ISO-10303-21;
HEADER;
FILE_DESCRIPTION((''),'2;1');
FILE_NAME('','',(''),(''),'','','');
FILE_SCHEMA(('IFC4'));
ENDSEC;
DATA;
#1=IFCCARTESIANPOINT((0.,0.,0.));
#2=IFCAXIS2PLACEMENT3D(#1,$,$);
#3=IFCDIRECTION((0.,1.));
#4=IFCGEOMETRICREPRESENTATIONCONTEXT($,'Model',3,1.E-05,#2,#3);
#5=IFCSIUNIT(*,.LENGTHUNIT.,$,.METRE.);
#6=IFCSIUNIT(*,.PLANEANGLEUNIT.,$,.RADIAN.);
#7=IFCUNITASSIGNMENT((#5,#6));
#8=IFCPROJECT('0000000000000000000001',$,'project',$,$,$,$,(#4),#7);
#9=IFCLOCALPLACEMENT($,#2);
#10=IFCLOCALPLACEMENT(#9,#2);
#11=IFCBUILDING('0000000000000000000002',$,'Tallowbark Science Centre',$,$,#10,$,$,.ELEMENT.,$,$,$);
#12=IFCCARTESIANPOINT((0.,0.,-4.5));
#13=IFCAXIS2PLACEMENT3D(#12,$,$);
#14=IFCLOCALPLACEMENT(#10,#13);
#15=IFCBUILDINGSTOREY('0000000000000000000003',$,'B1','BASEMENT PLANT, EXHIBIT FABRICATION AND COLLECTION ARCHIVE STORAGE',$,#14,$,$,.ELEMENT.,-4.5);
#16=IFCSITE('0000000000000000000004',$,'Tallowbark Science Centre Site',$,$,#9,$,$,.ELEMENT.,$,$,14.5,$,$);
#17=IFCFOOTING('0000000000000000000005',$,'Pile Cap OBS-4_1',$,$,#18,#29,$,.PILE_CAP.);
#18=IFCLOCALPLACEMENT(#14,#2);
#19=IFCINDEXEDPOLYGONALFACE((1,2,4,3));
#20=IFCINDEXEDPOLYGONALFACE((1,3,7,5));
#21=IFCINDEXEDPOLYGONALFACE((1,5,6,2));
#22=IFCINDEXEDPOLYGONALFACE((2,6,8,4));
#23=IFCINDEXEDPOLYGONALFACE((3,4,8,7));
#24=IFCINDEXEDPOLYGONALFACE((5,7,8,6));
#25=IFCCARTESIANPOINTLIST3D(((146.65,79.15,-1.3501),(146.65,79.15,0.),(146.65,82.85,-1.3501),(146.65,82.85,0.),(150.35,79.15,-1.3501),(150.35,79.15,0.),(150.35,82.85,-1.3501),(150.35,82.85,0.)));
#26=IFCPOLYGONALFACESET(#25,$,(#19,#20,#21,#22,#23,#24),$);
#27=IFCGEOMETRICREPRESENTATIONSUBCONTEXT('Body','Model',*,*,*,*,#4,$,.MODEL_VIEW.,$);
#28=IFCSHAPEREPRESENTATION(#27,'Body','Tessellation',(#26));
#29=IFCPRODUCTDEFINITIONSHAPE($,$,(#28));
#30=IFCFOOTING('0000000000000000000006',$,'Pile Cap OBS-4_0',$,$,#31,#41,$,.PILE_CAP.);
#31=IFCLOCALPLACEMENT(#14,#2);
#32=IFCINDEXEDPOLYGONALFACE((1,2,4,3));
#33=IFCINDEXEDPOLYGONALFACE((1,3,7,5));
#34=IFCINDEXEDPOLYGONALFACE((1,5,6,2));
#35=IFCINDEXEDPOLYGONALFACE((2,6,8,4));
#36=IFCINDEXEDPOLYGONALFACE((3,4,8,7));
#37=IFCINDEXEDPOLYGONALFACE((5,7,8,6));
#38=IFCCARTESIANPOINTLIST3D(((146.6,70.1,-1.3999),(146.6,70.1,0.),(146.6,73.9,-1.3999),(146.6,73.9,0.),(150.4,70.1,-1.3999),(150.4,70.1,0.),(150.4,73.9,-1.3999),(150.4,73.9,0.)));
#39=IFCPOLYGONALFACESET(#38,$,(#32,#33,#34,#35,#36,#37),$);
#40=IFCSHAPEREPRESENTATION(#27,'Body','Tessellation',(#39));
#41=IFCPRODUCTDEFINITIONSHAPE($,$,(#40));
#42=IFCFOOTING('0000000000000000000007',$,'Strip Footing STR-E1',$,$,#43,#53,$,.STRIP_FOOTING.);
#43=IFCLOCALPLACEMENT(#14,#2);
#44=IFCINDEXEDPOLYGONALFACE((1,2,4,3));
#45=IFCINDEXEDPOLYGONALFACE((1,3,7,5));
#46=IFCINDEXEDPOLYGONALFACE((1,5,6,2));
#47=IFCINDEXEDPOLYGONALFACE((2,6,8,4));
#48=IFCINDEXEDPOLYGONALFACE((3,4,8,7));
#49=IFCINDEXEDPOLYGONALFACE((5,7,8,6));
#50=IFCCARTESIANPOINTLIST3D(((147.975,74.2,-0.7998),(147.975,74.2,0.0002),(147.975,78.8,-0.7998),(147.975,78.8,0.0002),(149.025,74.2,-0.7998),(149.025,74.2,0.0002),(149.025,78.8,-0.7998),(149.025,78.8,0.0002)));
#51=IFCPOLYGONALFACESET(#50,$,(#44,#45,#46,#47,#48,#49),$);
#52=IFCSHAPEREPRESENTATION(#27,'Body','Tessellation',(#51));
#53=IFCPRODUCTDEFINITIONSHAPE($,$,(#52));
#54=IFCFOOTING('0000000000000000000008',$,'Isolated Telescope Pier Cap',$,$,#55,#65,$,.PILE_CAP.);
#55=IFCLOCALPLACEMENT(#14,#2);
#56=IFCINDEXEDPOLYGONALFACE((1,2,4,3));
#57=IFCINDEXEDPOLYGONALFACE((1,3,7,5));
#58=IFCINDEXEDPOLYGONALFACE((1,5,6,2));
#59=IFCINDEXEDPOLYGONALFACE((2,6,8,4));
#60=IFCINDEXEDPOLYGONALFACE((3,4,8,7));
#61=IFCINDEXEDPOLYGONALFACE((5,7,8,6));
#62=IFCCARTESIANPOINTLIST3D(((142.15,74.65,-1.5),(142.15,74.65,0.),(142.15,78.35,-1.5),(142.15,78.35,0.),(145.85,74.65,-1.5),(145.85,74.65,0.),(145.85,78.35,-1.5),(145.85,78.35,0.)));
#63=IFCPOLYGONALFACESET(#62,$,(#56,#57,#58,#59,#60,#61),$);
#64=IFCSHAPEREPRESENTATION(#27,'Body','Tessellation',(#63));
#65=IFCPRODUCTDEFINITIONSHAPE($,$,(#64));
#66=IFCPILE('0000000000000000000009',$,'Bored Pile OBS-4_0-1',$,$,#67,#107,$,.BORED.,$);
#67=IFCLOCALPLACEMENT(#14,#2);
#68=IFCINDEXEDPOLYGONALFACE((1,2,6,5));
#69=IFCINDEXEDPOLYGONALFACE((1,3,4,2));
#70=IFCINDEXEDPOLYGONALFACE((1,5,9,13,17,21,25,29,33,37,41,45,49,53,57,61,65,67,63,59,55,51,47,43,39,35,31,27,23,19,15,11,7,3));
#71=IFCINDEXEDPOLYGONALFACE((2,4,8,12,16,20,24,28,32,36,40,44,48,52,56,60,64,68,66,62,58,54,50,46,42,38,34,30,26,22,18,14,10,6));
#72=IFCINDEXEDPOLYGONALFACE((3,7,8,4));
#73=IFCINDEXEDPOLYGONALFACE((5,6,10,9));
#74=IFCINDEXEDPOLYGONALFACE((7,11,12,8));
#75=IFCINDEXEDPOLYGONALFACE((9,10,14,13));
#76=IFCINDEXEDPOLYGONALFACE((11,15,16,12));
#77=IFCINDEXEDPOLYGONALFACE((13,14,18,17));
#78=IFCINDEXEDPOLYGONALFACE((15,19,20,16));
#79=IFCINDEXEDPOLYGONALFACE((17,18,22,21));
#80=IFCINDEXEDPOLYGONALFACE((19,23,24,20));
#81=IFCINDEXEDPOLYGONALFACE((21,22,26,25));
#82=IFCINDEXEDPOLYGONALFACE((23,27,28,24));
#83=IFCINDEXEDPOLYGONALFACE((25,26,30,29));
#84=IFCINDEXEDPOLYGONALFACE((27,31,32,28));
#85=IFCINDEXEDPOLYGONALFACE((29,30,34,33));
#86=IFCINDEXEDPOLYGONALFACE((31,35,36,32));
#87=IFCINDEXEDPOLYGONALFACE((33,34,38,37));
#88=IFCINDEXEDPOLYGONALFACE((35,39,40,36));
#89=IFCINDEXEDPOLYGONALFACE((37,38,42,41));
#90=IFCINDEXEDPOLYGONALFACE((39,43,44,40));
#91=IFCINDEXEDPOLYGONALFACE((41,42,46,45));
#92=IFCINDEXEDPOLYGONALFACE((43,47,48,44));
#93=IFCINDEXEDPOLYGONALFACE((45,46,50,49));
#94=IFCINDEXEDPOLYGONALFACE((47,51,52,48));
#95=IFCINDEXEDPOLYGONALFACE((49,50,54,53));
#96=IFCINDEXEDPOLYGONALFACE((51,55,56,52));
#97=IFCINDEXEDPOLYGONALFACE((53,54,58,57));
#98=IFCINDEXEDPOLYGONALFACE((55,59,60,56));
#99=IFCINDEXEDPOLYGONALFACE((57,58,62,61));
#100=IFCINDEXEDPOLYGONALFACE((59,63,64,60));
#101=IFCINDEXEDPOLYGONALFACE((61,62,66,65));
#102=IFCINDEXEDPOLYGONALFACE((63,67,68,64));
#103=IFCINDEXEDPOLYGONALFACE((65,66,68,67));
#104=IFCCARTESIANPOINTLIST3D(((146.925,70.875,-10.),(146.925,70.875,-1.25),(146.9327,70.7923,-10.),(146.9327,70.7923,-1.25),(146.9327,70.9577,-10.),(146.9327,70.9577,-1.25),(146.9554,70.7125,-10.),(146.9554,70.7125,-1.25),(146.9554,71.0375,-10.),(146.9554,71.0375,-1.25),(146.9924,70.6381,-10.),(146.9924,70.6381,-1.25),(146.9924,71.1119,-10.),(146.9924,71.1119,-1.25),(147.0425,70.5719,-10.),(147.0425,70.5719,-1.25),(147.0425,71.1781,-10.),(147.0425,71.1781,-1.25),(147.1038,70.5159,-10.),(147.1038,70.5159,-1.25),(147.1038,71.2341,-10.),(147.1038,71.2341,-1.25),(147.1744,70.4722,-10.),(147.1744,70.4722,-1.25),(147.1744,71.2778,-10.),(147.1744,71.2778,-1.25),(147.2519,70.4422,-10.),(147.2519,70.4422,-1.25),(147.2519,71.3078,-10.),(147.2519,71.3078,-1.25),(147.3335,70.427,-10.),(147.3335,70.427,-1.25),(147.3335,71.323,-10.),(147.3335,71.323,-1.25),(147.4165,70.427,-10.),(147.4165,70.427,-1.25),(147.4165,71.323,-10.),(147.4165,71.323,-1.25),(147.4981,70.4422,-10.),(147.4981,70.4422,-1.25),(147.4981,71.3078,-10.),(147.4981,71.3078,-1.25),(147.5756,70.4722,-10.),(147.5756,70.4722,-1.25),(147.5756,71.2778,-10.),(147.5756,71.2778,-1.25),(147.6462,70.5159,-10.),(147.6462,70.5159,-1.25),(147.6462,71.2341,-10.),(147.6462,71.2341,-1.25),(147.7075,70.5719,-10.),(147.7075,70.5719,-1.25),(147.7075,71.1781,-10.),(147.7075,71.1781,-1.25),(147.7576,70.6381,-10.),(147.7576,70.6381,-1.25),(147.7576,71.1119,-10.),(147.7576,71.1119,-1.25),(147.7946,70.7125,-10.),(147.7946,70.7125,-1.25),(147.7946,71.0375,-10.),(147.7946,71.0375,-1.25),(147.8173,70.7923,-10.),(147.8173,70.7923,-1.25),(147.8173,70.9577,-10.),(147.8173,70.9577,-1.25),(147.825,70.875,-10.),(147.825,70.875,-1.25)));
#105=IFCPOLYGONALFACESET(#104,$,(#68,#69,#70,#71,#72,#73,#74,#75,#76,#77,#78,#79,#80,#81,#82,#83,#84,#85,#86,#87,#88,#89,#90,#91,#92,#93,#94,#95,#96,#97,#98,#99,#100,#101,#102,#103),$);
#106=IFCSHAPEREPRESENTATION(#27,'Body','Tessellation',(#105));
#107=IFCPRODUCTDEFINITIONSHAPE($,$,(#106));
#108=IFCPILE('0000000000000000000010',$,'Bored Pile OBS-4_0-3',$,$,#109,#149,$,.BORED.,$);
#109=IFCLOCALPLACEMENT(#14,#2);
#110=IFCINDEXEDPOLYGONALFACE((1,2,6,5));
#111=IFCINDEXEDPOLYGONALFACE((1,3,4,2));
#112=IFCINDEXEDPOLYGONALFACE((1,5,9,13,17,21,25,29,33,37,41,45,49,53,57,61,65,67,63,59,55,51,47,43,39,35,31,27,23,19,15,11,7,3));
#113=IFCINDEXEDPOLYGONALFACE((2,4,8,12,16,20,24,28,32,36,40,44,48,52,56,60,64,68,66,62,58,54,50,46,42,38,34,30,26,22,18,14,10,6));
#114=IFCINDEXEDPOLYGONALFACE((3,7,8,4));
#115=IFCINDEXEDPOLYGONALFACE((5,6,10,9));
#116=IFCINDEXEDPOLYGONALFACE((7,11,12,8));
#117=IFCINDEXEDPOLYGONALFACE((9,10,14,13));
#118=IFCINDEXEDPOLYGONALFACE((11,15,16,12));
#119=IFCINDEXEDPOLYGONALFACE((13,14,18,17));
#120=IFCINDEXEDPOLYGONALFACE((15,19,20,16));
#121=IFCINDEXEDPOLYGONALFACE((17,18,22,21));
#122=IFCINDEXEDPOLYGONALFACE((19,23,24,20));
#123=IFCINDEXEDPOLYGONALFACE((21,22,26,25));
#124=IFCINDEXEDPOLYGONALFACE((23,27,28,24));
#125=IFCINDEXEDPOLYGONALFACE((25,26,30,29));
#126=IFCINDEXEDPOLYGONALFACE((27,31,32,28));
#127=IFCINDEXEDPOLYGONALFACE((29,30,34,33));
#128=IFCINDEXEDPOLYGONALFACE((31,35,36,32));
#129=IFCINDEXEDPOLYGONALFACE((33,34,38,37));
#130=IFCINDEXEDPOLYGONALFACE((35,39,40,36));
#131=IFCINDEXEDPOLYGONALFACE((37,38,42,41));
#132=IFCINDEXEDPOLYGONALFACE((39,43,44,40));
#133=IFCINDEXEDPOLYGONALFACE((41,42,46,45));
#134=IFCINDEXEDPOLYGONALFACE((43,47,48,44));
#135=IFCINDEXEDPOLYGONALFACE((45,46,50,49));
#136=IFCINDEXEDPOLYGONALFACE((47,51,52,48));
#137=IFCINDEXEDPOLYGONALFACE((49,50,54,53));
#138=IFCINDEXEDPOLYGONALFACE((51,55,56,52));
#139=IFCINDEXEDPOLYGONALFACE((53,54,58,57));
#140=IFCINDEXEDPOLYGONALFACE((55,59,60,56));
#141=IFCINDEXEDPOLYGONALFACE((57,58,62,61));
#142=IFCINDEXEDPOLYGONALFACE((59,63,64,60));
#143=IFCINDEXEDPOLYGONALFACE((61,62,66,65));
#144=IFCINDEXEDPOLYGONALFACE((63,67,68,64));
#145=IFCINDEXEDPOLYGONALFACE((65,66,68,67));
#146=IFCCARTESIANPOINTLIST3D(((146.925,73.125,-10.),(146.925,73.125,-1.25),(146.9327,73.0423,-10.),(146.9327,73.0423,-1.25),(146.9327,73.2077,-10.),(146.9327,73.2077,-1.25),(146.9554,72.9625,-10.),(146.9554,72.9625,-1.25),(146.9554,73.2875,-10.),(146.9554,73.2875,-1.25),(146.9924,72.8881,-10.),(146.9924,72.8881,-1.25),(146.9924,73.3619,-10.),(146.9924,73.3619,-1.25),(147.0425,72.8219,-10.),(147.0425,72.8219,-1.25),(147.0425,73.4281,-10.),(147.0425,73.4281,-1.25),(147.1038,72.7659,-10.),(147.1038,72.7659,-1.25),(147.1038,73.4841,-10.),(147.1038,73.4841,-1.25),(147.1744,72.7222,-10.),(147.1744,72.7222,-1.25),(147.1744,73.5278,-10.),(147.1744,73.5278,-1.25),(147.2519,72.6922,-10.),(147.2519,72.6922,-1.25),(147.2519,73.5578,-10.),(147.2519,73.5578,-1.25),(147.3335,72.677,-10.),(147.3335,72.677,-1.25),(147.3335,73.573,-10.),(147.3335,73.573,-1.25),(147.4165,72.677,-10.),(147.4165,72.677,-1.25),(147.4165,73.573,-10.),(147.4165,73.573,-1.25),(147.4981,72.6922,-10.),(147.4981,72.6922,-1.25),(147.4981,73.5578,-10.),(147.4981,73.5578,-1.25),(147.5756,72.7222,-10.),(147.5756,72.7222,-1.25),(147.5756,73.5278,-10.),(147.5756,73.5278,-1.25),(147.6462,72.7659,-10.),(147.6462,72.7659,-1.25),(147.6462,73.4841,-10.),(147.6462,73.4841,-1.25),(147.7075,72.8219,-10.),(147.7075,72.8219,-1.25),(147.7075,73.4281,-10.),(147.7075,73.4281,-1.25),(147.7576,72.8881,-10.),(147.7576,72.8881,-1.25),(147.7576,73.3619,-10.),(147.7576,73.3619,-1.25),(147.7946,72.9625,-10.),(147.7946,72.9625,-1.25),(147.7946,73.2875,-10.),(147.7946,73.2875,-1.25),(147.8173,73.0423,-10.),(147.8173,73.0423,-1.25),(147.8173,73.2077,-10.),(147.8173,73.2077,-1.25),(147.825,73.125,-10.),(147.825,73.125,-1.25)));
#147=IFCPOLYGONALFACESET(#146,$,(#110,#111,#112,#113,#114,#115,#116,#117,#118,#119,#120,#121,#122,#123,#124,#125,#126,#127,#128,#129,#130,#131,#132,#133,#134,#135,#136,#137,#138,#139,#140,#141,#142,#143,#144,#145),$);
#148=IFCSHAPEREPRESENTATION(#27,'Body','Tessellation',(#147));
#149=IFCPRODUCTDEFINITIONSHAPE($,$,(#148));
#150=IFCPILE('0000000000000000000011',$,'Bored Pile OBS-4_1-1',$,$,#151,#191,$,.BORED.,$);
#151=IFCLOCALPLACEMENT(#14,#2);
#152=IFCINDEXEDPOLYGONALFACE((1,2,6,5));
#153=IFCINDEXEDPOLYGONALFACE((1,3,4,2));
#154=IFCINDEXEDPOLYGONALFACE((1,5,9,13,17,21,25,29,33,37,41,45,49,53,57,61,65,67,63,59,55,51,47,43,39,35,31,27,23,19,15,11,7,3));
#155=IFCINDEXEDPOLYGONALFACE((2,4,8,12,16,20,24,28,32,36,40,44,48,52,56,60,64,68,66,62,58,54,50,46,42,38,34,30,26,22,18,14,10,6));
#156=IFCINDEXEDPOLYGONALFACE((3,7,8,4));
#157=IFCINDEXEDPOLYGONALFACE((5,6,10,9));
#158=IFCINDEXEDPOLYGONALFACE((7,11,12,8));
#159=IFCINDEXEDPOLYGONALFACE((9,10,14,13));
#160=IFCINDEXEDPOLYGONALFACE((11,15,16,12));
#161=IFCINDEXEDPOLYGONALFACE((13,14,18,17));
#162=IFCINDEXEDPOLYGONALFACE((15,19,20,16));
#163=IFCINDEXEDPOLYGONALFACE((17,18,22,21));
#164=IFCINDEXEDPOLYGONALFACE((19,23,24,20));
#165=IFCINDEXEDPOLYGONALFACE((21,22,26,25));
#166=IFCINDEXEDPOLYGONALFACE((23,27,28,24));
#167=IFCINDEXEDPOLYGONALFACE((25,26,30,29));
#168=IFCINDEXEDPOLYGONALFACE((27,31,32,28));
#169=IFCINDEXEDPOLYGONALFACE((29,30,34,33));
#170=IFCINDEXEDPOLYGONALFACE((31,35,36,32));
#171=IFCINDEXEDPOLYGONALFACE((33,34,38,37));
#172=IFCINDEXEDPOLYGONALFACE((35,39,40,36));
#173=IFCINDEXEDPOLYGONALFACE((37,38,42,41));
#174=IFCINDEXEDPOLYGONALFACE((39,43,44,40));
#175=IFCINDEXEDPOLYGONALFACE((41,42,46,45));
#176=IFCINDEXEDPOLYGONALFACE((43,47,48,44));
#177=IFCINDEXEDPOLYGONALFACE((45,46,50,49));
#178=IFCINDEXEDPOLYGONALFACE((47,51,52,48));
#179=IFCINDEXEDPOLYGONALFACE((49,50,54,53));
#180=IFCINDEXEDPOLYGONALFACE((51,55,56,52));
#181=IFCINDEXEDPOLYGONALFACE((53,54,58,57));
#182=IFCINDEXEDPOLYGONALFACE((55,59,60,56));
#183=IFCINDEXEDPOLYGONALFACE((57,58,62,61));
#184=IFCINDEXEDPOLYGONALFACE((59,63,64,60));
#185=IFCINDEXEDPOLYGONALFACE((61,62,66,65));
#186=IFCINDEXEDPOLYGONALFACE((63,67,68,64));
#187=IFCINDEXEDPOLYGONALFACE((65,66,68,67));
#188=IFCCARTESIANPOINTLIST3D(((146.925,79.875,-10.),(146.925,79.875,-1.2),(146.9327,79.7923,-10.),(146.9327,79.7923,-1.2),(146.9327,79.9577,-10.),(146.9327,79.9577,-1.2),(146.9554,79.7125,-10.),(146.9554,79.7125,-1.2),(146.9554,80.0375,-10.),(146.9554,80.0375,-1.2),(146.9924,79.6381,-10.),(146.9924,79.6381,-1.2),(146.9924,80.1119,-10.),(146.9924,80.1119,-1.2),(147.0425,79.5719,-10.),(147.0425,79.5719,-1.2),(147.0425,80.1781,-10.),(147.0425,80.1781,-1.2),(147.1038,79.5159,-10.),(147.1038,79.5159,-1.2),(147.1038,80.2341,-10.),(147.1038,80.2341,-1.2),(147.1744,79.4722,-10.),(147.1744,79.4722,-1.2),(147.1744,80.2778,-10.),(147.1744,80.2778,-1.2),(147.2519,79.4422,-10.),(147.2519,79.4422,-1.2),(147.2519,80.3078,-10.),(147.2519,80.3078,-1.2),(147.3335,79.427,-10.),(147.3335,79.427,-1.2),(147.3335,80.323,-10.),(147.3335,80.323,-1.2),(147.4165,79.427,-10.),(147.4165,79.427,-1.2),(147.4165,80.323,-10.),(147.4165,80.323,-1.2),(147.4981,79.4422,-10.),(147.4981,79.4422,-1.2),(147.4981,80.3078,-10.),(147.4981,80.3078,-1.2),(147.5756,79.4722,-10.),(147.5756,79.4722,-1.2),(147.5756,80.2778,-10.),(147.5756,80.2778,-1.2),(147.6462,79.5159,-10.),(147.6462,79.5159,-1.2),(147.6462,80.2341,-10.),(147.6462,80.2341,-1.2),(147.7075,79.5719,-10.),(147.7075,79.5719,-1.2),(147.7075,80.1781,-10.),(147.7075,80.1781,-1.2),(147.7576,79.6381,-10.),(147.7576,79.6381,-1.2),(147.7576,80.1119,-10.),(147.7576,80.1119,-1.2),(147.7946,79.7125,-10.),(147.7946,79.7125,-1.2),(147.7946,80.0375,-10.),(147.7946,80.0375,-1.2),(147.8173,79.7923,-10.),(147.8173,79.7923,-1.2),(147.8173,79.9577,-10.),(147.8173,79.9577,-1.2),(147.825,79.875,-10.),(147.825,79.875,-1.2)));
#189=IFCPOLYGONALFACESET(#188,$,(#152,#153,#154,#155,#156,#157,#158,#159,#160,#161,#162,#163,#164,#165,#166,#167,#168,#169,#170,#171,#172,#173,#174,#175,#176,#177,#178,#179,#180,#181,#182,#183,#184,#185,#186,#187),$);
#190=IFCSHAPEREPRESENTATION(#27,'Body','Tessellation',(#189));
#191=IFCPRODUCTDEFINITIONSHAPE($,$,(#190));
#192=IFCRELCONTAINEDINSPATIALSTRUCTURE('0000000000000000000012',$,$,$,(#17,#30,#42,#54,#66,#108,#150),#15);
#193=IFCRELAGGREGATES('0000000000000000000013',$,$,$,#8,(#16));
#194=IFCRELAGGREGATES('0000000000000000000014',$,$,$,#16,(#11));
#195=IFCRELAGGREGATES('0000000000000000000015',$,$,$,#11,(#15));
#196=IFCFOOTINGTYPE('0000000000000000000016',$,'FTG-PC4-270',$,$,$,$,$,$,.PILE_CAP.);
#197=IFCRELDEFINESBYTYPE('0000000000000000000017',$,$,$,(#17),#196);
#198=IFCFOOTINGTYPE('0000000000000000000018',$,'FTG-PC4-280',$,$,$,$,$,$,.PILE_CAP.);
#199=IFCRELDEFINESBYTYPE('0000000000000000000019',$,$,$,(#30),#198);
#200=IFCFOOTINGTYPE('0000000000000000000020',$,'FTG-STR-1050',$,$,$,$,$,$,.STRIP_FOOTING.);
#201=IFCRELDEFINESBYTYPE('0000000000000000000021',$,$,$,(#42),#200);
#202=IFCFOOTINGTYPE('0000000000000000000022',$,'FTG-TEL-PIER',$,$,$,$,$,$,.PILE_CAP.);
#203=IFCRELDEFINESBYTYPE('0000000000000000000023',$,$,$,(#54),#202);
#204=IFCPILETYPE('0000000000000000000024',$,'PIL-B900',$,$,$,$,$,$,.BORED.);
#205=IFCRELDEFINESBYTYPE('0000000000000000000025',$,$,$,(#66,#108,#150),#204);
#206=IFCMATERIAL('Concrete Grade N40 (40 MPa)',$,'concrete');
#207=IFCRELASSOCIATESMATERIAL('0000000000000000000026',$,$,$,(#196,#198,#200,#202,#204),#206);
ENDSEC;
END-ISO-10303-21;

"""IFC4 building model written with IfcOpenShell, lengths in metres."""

from ifc_helpers import new_model, si_unit, direction, frame, origin, origin_2d, place, context, subcontext, project, spatial, rectangle, circle, extrude, material, material_profile, profile_set, type_object, element, save


model = new_model("IFC4")

# Units and contexts
model_context = context("Model", 3, precision=1e-05, world=origin(), true_north=direction((0.0, 1.0)))
body_context = subcontext(model_context, "Body", "Model", "MODEL_VIEW")
ifc_project = project(units=[si_unit("LENGTHUNIT", "METRE"), si_unit("PLANEANGLEUNIT", "RADIAN")], contexts=[model_context])

# Site, building, storey
site_placement = place(None, origin())
site = spatial("IfcSite", under=ifc_project, at=site_placement, Name="Tallowbark Science Centre Site", CompositionType="ELEMENT", RefElevation=14.5)
building_placement = place(site_placement, origin())
building = spatial("IfcBuilding", under=site, at=building_placement, Name="Tallowbark Science Centre", CompositionType="ELEMENT")
storey_placement = place(building_placement, frame((0.0, 0.0, -4.5)))
storey = spatial("IfcBuildingStorey", under=building, at=storey_placement, Name="B1", Description="BASEMENT PLANT, EXHIBIT FABRICATION AND COLLECTION ARCHIVE STORAGE", CompositionType="ELEMENT", Elevation=-4.5)

# Footings
ifc_material_1 = material(Name="Concrete Grade N40 (40 MPa)", Category="concrete")
footing_type_1 = type_object("IfcFootingType", Name="FTG-PC4-270", PredefinedType="PILE_CAP", material=ifc_material_1)
footing_1_placement = place(storey_placement, frame((148.5, 81.0, -1.3501), z_axis=(0.0, 0.0, 1.0), x_axis=(1.0, 0.0, 0.0)))
element("IfcFooting", 1, at=footing_1_placement, inside=storey, type_object=footing_type_1, Name="Pile Cap OBS-4_1", PredefinedType="PILE_CAP", context=body_context, shape_type="SweptSolid", body=[
    extrude(rectangle(XDim=3.7, YDim=3.7, at=origin_2d()), origin(), (0.0, 0.0, 1.0), 1.3501),
])
footing_type_2 = type_object("IfcFootingType", Name="FTG-PC4-280", PredefinedType="PILE_CAP", material=ifc_material_1)
footing_2_placement = place(storey_placement, frame((148.5, 72.0, -1.3999), z_axis=(0.0, 0.0, 1.0), x_axis=(1.0, 0.0, 0.0)))
element("IfcFooting", 2, at=footing_2_placement, inside=storey, type_object=footing_type_2, Name="Pile Cap OBS-4_0", PredefinedType="PILE_CAP", context=body_context, shape_type="SweptSolid", body=[
    extrude(rectangle(XDim=3.8, YDim=3.8, at=origin_2d()), origin(), (0.0, 0.0, 1.0), 1.3999),
])
footing_type_3 = type_object("IfcFootingType", Name="FTG-STR-1050", PredefinedType="STRIP_FOOTING", material=ifc_material_1)
footing_3_placement = place(storey_placement, frame((148.5, 76.5, -0.7998), z_axis=(0.0, 0.0, 1.0), x_axis=(0.0, 1.0, 0.0)))
element("IfcFooting", 3, at=footing_3_placement, inside=storey, type_object=footing_type_3, Name="Strip Footing STR-E1", PredefinedType="STRIP_FOOTING", context=body_context, shape_type="SweptSolid", body=[
    extrude(rectangle(XDim=4.6001, YDim=1.05, at=origin_2d()), origin(), (0.0, 0.0, 1.0), 0.8),
])
footing_type_4 = type_object("IfcFootingType", Name="FTG-TEL-PIER", PredefinedType="PILE_CAP", material=ifc_material_1)
footing_4_placement = place(storey_placement, frame((144.0, 76.5, -1.5), z_axis=(0.0, 0.0, 1.0), x_axis=(1.0, 0.0, 0.0)))
element("IfcFooting", 4, at=footing_4_placement, inside=storey, type_object=footing_type_4, Name="Isolated Telescope Pier Cap", PredefinedType="PILE_CAP", context=body_context, shape_type="SweptSolid", body=[
    extrude(rectangle(XDim=3.7, YDim=3.7, at=origin_2d()), origin(), (0.0, 0.0, 1.0), 1.5),
])

# Piles
ifc_material_profile_1 = material_profile(ifc_material_1, circle(Radius=0.45, at=origin_2d()), Name="PILE900")
ifc_profile_set_1 = profile_set([ifc_material_profile_1], Name="Concrete Grade N40 (40 MPa)")
pile_type = type_object("IfcPileType", Name="PIL-B900", PredefinedType="BORED", material=ifc_profile_set_1)
for number, where, z_axis, x_axis, name in (
    (5, (147.375, 70.875, -1.25), (0.0, 0.0, -1.0), (1.0, 0.0, 0.0), "Bored Pile OBS-4_0-1"),
    (6, (147.375, 73.125, -1.25), (0.0, 0.0, -1.0), (1.0, 0.0, 0.0), "Bored Pile OBS-4_0-3"),
):
    element("IfcPile", number, at=place(storey_placement, frame(where, z_axis=z_axis, x_axis=x_axis)), inside=storey, type_object=pile_type, Name=name, PredefinedType="BORED", context=body_context, shape_type="SweptSolid", body=[
        extrude(circle(Radius=0.45, at=origin_2d()), origin(), (0.0, 0.0, 1.0), 8.75),
    ])
pile_placement = place(storey_placement, frame((147.375, 79.875, -1.2), z_axis=(0.0, 0.0, -1.0), x_axis=(1.0, 0.0, 0.0)))
element("IfcPile", 7, at=pile_placement, inside=storey, type_object=pile_type, Name="Bored Pile OBS-4_1-1", PredefinedType="BORED", context=body_context, shape_type="SweptSolid", body=[
    extrude(circle(Radius=0.45, at=origin_2d()), origin(), (0.0, 0.0, 1.0), 8.8),
])

save(model, "model.ifc")
